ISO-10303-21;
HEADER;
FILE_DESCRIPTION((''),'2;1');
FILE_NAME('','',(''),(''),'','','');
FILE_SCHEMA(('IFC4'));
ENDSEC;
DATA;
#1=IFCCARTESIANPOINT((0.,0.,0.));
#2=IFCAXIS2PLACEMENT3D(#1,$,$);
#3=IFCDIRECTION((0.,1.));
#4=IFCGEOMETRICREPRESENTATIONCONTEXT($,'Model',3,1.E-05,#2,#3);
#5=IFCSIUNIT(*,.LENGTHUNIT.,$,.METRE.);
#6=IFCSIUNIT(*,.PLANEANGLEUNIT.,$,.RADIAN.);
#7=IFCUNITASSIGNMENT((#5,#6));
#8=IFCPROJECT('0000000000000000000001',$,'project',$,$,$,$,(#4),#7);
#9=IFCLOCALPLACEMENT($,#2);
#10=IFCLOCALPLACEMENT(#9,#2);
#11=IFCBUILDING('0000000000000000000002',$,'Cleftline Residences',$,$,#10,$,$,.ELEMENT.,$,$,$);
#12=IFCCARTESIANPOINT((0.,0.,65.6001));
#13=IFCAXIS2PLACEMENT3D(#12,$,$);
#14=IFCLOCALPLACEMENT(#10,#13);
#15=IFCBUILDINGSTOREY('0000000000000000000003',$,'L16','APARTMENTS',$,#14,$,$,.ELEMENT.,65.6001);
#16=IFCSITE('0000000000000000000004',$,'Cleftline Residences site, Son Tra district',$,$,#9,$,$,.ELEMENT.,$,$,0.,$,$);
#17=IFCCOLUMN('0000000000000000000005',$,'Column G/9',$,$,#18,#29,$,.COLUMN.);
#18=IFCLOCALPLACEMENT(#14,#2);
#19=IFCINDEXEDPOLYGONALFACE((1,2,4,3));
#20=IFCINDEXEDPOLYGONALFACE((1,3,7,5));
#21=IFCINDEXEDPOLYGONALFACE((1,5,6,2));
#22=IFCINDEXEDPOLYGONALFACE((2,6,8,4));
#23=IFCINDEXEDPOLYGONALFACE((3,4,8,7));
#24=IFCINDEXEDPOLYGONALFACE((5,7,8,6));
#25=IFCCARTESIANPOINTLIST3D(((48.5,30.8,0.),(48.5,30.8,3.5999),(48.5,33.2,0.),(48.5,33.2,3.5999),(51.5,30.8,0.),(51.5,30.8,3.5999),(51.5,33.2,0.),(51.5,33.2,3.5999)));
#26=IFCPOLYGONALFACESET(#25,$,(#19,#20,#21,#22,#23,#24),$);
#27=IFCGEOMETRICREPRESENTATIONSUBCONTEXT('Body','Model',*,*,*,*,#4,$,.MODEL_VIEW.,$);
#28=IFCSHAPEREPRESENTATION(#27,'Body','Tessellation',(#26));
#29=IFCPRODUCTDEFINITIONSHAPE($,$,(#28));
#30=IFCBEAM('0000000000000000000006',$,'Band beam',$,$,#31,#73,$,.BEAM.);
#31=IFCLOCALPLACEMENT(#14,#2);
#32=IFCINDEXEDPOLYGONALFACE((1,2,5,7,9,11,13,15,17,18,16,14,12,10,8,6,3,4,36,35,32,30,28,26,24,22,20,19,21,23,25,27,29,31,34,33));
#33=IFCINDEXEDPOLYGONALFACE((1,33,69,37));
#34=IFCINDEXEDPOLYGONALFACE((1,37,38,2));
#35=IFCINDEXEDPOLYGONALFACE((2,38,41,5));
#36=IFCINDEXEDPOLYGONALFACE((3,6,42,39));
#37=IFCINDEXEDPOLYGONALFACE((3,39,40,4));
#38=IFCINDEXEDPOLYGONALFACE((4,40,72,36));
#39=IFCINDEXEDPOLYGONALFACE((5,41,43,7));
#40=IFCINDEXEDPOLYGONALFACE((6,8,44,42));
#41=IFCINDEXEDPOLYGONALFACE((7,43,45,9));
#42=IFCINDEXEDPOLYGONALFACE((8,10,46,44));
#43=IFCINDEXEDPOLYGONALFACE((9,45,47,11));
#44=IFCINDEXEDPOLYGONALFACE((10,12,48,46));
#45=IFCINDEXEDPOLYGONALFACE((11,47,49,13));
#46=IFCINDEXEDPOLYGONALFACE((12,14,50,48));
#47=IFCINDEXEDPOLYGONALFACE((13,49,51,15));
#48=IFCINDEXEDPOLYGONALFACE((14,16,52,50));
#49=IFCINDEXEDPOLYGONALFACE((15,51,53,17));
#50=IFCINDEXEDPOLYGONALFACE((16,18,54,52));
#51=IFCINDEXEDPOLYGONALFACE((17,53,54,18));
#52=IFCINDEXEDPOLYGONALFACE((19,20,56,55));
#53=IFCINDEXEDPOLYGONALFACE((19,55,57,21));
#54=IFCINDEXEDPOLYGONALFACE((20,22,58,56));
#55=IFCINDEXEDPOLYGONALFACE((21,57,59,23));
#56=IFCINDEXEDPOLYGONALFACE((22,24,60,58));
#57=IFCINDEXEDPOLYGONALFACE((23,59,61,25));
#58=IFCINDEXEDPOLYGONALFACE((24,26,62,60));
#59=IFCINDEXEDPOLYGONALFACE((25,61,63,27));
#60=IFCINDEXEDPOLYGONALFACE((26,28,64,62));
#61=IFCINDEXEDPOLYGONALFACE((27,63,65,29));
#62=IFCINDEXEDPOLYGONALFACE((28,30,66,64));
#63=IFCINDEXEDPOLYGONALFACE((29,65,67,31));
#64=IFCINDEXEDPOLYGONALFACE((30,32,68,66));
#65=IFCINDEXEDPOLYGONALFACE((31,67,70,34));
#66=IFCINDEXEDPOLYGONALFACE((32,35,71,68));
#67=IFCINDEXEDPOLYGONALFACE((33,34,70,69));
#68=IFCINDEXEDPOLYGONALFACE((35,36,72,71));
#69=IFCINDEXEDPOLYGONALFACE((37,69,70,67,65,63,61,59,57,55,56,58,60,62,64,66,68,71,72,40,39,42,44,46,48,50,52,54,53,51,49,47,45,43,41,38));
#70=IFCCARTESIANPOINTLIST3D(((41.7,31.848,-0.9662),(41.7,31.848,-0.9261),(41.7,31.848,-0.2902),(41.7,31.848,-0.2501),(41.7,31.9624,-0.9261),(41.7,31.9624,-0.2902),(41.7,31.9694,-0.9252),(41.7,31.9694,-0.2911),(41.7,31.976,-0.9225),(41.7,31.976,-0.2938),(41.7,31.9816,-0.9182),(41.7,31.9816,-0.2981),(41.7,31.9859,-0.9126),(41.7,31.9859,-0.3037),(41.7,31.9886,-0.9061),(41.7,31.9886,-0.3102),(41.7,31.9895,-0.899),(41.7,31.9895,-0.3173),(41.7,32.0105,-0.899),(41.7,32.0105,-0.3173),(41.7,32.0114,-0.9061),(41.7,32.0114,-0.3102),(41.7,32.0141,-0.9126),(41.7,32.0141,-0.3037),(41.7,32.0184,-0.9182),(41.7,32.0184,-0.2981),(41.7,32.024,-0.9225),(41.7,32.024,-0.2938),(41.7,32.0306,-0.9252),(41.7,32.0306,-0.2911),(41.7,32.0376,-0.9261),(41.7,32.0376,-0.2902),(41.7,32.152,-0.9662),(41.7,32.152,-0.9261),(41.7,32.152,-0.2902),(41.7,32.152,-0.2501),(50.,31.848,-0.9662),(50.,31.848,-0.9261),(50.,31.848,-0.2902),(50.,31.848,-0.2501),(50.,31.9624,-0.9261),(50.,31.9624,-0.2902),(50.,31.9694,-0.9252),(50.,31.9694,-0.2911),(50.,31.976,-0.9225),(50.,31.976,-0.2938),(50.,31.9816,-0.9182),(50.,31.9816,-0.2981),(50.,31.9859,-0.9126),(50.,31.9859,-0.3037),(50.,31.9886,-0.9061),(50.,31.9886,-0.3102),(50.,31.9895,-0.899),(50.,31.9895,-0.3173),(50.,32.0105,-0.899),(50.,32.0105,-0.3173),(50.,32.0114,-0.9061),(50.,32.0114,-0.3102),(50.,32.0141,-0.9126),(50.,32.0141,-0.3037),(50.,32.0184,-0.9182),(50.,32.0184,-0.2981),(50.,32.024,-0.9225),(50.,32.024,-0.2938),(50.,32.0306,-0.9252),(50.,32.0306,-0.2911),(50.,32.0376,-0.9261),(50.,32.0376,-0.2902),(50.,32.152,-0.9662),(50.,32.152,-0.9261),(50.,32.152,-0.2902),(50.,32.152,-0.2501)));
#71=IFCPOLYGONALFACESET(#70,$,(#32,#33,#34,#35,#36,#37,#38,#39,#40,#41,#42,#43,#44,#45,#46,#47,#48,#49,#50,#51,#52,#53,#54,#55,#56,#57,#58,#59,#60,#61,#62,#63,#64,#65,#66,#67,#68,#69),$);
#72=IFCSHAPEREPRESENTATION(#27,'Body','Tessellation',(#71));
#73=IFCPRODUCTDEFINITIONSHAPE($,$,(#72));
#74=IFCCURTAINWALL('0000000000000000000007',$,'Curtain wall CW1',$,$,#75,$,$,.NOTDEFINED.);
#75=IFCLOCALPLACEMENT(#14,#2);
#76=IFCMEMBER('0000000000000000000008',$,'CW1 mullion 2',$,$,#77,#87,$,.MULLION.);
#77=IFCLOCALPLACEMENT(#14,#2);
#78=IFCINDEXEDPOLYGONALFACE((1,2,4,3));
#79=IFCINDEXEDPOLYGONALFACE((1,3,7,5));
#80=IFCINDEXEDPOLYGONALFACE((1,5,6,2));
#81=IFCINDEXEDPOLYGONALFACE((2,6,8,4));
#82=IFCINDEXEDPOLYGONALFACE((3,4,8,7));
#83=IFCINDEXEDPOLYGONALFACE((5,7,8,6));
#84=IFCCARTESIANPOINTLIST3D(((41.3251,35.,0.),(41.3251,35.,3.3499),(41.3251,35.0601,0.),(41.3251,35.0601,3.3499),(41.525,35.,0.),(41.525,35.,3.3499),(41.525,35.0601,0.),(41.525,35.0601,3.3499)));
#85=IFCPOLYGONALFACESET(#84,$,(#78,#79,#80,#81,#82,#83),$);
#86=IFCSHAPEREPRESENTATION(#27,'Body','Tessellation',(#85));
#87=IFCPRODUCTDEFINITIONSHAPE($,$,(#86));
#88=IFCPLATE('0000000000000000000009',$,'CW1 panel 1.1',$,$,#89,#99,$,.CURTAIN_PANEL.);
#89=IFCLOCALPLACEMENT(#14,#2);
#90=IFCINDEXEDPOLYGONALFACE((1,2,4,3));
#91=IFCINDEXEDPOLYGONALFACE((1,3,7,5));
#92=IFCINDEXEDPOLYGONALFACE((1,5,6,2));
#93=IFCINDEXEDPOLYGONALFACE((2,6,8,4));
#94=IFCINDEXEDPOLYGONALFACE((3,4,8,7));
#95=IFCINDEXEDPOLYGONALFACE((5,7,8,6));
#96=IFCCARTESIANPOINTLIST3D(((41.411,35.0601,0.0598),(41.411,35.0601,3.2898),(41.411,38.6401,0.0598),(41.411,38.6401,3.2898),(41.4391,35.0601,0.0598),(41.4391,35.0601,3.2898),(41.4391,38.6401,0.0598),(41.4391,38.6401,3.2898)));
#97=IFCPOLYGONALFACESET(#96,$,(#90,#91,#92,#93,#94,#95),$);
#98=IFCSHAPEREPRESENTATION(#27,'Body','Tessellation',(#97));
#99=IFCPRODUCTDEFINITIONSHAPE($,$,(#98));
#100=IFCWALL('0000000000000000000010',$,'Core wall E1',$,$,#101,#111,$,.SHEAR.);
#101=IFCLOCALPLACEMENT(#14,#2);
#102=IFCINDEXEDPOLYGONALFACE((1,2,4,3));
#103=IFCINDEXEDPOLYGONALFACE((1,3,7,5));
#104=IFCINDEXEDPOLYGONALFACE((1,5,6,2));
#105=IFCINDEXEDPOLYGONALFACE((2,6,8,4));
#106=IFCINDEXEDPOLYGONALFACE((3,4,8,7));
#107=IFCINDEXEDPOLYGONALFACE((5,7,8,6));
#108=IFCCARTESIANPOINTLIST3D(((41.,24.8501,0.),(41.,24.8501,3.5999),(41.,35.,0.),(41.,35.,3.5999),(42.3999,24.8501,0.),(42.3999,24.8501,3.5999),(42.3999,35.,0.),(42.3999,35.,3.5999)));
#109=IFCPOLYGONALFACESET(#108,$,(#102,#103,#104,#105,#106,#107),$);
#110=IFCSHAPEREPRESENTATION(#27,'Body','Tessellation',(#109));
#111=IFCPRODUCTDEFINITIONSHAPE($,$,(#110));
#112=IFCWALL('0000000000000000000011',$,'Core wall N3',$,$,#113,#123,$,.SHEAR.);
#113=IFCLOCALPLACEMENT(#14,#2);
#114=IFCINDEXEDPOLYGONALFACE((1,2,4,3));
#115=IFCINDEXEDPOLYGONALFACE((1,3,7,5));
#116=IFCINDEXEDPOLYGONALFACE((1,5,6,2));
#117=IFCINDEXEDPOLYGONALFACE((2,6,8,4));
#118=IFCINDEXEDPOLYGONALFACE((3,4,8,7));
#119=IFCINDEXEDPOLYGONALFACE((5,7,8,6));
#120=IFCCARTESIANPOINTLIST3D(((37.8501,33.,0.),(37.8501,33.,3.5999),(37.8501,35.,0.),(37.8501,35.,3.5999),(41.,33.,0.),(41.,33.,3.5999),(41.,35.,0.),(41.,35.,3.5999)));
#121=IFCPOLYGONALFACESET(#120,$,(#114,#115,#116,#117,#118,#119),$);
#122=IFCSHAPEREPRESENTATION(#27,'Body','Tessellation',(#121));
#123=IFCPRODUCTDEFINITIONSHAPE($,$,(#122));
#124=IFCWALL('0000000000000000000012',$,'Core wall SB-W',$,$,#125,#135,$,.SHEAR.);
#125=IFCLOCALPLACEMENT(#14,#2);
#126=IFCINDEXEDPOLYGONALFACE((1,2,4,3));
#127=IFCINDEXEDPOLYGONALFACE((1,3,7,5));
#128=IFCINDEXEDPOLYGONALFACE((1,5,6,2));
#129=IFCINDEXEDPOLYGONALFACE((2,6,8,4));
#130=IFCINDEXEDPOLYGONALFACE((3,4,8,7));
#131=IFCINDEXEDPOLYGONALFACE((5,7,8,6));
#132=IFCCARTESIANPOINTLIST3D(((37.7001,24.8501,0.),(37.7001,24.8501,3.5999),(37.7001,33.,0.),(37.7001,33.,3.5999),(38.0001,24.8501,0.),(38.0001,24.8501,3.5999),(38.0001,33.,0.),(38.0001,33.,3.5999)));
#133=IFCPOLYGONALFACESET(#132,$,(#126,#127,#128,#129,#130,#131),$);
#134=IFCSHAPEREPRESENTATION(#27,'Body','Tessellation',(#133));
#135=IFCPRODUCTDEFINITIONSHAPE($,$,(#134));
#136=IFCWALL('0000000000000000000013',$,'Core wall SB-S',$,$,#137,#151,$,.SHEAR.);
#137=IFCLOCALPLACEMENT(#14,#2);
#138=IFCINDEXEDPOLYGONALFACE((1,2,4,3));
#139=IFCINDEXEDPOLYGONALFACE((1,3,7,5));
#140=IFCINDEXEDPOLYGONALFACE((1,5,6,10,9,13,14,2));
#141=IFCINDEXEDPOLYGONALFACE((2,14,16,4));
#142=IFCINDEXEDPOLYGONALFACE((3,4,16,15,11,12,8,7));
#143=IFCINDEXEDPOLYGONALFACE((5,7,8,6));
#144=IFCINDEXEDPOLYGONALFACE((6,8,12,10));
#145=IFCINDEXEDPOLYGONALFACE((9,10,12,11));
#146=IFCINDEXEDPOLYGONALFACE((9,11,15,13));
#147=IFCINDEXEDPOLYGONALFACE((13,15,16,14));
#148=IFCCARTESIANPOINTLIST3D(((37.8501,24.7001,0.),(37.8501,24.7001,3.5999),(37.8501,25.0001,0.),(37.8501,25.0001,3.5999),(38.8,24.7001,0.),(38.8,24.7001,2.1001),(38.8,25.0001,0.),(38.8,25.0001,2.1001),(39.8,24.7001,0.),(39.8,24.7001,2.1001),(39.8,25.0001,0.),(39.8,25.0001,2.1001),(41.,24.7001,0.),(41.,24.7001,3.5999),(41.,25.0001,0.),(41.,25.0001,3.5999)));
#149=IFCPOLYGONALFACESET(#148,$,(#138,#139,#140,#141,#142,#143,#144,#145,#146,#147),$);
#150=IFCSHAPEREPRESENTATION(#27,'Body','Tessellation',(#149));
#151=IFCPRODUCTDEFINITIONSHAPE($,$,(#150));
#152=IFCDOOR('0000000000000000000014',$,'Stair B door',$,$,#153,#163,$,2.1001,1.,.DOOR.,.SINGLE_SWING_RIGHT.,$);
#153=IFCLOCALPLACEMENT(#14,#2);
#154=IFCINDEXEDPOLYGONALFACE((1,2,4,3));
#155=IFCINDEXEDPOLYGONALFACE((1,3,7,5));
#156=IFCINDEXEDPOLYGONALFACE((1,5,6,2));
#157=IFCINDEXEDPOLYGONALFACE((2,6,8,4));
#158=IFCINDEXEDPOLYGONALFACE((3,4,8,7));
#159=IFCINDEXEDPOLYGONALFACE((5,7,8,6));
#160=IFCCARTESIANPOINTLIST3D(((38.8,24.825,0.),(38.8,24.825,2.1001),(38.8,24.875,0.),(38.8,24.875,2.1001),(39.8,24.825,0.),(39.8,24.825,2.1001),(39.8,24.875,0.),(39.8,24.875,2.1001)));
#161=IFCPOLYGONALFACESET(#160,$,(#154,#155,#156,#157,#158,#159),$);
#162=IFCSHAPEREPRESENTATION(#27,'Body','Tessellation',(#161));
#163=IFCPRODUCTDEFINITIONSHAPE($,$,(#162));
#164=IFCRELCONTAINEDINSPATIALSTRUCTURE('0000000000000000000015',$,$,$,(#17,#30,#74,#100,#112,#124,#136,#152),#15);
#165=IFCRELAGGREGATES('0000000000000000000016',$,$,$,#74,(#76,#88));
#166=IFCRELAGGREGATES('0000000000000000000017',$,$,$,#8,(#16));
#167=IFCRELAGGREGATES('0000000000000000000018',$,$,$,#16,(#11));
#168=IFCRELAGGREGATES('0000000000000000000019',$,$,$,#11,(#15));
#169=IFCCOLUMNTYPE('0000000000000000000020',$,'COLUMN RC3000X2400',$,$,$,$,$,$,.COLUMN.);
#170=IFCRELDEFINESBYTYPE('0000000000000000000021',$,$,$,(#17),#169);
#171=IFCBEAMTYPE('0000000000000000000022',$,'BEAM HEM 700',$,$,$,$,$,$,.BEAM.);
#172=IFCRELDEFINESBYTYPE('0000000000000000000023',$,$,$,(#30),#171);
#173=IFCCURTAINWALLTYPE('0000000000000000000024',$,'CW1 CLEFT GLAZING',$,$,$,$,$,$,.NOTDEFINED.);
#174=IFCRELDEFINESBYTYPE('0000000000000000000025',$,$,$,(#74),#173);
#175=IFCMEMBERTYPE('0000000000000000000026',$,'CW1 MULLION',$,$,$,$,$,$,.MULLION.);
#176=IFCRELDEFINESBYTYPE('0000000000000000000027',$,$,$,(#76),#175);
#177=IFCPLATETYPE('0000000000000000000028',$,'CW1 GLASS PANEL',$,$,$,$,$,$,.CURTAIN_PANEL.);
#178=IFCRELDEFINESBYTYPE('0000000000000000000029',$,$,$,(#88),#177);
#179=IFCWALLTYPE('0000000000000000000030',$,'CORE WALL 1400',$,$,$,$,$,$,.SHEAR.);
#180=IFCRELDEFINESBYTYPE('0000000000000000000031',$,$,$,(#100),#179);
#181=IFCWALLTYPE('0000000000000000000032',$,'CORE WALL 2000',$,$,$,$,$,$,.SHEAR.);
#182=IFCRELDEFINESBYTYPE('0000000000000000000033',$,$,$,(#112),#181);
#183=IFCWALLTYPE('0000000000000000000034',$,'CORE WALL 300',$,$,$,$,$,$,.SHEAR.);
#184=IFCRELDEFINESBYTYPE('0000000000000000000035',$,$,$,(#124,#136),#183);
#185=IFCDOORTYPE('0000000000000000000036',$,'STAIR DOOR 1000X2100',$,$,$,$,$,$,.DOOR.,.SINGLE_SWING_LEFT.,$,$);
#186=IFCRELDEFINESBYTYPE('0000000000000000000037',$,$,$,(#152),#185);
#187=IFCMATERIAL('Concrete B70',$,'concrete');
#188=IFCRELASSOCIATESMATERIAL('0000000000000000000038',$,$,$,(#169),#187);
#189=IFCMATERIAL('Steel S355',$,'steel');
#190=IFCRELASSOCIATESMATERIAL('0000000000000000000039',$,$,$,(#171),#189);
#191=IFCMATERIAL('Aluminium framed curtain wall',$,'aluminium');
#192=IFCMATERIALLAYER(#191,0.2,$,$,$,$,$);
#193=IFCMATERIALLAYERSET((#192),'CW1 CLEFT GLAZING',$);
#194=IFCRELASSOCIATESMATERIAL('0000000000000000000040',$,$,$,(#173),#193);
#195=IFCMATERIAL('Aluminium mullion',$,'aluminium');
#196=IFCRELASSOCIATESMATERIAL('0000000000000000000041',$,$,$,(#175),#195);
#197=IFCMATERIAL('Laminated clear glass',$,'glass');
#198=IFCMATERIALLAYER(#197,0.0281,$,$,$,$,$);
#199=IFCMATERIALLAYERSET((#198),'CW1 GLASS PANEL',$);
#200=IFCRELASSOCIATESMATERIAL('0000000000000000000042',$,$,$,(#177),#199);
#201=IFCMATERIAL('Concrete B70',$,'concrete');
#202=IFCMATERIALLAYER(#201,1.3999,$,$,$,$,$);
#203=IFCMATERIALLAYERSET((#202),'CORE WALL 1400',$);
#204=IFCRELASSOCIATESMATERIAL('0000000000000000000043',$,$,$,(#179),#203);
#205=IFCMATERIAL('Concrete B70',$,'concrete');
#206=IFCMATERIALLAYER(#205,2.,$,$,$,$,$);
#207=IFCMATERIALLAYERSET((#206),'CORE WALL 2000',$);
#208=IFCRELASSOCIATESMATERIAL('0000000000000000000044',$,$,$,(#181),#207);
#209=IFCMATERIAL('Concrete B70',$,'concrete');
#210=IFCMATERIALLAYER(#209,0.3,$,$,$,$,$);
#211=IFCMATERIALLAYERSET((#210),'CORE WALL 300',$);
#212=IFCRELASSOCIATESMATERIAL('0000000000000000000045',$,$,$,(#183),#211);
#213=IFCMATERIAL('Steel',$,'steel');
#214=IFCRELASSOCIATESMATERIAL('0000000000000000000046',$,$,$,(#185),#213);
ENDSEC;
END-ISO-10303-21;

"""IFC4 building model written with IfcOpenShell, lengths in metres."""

from ifc_helpers import new_model, si_unit, direction, frame, frame_2d, origin, origin_2d, place, context, subcontext, project, spatial, rectangle, i_section, extrude, material, layer, layer_set, material_profile, profile_set, type_object, element, fill, aggregate, save


model = new_model("IFC4")

# Units and contexts
model_context = context("Model", 3, precision=1e-05, world=origin(), true_north=direction((0.0, 1.0)))
body_context = subcontext(model_context, "Body", "Model", "MODEL_VIEW")
ifc_project = project(units=[si_unit("LENGTHUNIT", "METRE"), si_unit("PLANEANGLEUNIT", "RADIAN")], contexts=[model_context])

# Site, building, storey
site_placement = place(None, origin())
site = spatial("IfcSite", under=ifc_project, at=site_placement, Name="Cleftline Residences site, Son Tra district", CompositionType="ELEMENT", RefElevation=0.0)
building_placement = place(site_placement, origin())
building = spatial("IfcBuilding", under=site, at=building_placement, Name="Cleftline Residences", CompositionType="ELEMENT")
storey_placement = place(building_placement, frame((0.0, 0.0, 65.6001)))
storey = spatial("IfcBuildingStorey", under=building, at=storey_placement, Name="L16", Description="APARTMENTS", CompositionType="ELEMENT", Elevation=65.6001)

# Column
ifc_material_1 = material(Name="Concrete B70", Category="concrete")
ifc_material_profile_1 = material_profile(ifc_material_1, rectangle(XDim=3.0, YDim=2.3999, at=origin_2d()))
ifc_profile_set_1 = profile_set([ifc_material_profile_1], Name="Concrete B70")
column_type = type_object("IfcColumnType", Name="COLUMN RC3000X2400", PredefinedType="COLUMN", material=ifc_profile_set_1)
column_placement = place(storey_placement, frame((50.0, 32.0, 0.0), z_axis=(0.0, 0.0, 1.0), x_axis=(1.0, 0.0, 0.0)))
element("IfcColumn", 1, at=column_placement, inside=storey, type_object=column_type, Name="Column G/9", PredefinedType="COLUMN", context=body_context, shape_type="SweptSolid", body=[
    extrude(rectangle(XDim=3.0, YDim=2.3999, at=origin_2d()), origin(), (0.0, 0.0, 1.0), 3.5999),
])

# Beam
ifc_material_2 = material(Name="Steel S355", Category="steel")
ifc_material_profile_2 = material_profile(ifc_material_2, i_section(OverallWidth=0.304, OverallDepth=0.7161, WebThickness=0.021, FlangeThickness=0.04, FilletRadius=0.0271, at=origin_2d()))
ifc_profile_set_2 = profile_set([ifc_material_profile_2], Name="Steel S355")
beam_type = type_object("IfcBeamType", Name="BEAM HEM 700", PredefinedType="BEAM", material=ifc_profile_set_2)
beam_placement = place(storey_placement, frame((50.0, 32.0, -0.6082), z_axis=(-1.0, 0.0, 0.0), x_axis=(0.0, -1.0, 0.0)))
element("IfcBeam", 2, at=beam_placement, inside=storey, type_object=beam_type, Name="Band beam", PredefinedType="BEAM", context=body_context, shape_type="SweptSolid", body=[
    extrude(i_section(OverallWidth=0.304, OverallDepth=0.7161, WebThickness=0.021, FlangeThickness=0.04, FilletRadius=0.0271, at=origin_2d()), origin(), (0.0, 0.0, 1.0), 8.3),
])

# Curtain wall, member, plate
ifc_material_3 = material(Name="Aluminium framed curtain wall", Category="aluminium")
ifc_layer_1 = layer(ifc_material_3, 0.2)
ifc_layer_set_1 = layer_set([ifc_layer_1], Name="CW1 CLEFT GLAZING")
curtain_wall_type = type_object("IfcCurtainWallType", Name="CW1 CLEFT GLAZING", PredefinedType="NOTDEFINED", material=ifc_layer_set_1)
curtain_wall_placement = place(storey_placement, origin())
curtain_wall = element("IfcCurtainWall", 3, at=curtain_wall_placement, inside=storey, type_object=curtain_wall_type, Name="Curtain wall CW1", PredefinedType="NOTDEFINED")
ifc_material_4 = material(Name="Aluminium mullion", Category="aluminium")
ifc_material_profile_3 = material_profile(ifc_material_4, rectangle(XDim=0.2, YDim=0.0601, at=origin_2d()))
ifc_profile_set_3 = profile_set([ifc_material_profile_3], Name="Aluminium mullion")
member_type = type_object("IfcMemberType", Name="CW1 MULLION", PredefinedType="MULLION", material=ifc_profile_set_3)
member_placement = place(storey_placement, frame((41.425, 35.03, 0.0), z_axis=(0.0, 0.0, 1.0), x_axis=(1.0, 0.0, 0.0)))
member = element("IfcMember", 4, at=member_placement, type_object=member_type, Name="CW1 mullion 2", PredefinedType="MULLION", context=body_context, shape_type="SweptSolid", body=[
    extrude(rectangle(XDim=0.2, YDim=0.0601, at=origin_2d()), origin(), (0.0, 0.0, 1.0), 3.3499),
])
ifc_material_5 = material(Name="Laminated clear glass", Category="glass")
ifc_layer_2 = layer(ifc_material_5, 0.0281)
ifc_layer_set_2 = layer_set([ifc_layer_2], Name="CW1 GLASS PANEL")
plate_type = type_object("IfcPlateType", Name="CW1 GLASS PANEL", PredefinedType="CURTAIN_PANEL", material=ifc_layer_set_2)
plate_placement = place(storey_placement, frame((41.425, 36.8501, 0.0598), z_axis=(0.0, 0.0, 1.0), x_axis=(0.0, -1.0, 0.0)))
plate = element("IfcPlate", 5, at=plate_placement, type_object=plate_type, Name="CW1 panel 1.1", PredefinedType="CURTAIN_PANEL", context=body_context, shape_type="SweptSolid", body=[
    extrude(rectangle(XDim=3.5801, YDim=0.0281, at=origin_2d()), origin(), (0.0, 0.0, 1.0), 3.23),
])
aggregate(curtain_wall, [member, plate])

# Walls
ifc_material_6 = material(Name="Concrete B70", Category="concrete")
ifc_layer_3 = layer(ifc_material_6, 1.3999)
ifc_layer_set_3 = layer_set([ifc_layer_3], Name="CORE WALL 1400")
wall_type_1 = type_object("IfcWallType", Name="CORE WALL 1400", PredefinedType="SHEAR", material=ifc_layer_set_3)
wall_1_placement = place(storey_placement, frame((41.7, 24.8501, 0.0), z_axis=(0.0, 0.0, 1.0), x_axis=(0.0, 1.0, 0.0)))
element("IfcWall", 6, at=wall_1_placement, inside=storey, type_object=wall_type_1, Name="Core wall E1", PredefinedType="SHEAR", context=body_context, shape_type="SweptSolid", body=[
    extrude(rectangle(XDim=10.1499, YDim=1.3999, at=frame_2d((5.075, 0.0))), origin(), (0.0, 0.0, 1.0), 3.5999),
])
ifc_material_7 = material(Name="Concrete B70", Category="concrete")
ifc_layer_4 = layer(ifc_material_7, 2.0)
ifc_layer_set_4 = layer_set([ifc_layer_4], Name="CORE WALL 2000")
wall_type_2 = type_object("IfcWallType", Name="CORE WALL 2000", PredefinedType="SHEAR", material=ifc_layer_set_4)
wall_2_placement = place(storey_placement, frame((37.8501, 34.0, 0.0), z_axis=(0.0, 0.0, 1.0), x_axis=(1.0, 0.0, 0.0)))
element("IfcWall", 7, at=wall_2_placement, inside=storey, type_object=wall_type_2, Name="Core wall N3", PredefinedType="SHEAR", context=body_context, shape_type="SweptSolid", body=[
    extrude(rectangle(XDim=3.1499, YDim=2.0, at=frame_2d((1.575, 0.0))), origin(), (0.0, 0.0, 1.0), 3.5999),
])
ifc_material_8 = material(Name="Concrete B70", Category="concrete")
ifc_layer_5 = layer(ifc_material_8, 0.3)
ifc_layer_set_5 = layer_set([ifc_layer_5], Name="CORE WALL 300")
wall_type_3 = type_object("IfcWallType", Name="CORE WALL 300", PredefinedType="SHEAR", material=ifc_layer_set_5)
wall_3_placement = place(storey_placement, frame((37.8501, 24.8501, 0.0), z_axis=(0.0, 0.0, 1.0), x_axis=(0.0, 1.0, 0.0)))
element("IfcWall", 8, at=wall_3_placement, inside=storey, type_object=wall_type_3, Name="Core wall SB-W", PredefinedType="SHEAR", context=body_context, shape_type="SweptSolid", body=[
    extrude(rectangle(XDim=8.1499, YDim=0.3, at=frame_2d((4.075, 0.0))), origin(), (0.0, 0.0, 1.0), 3.5999),
])

# Wall, opening, door
wall_4_placement = place(storey_placement, frame((37.8501, 24.8501, 0.0), z_axis=(0.0, 0.0, 1.0), x_axis=(1.0, 0.0, 0.0)))
wall_4 = element("IfcWall", 9, at=wall_4_placement, inside=storey, type_object=wall_type_3, Name="Core wall SB-S", PredefinedType="SHEAR", context=body_context, shape_type="SweptSolid", body=[
    extrude(rectangle(XDim=3.1499, YDim=0.3, at=frame_2d((1.575, 0.0))), origin(), (0.0, 0.0, 1.0), 3.5999),
])
opening_1_placement = place(wall_4_placement, frame((0.95, 0.0, 0.0)))
opening_1 = element("IfcOpeningElement", 10, at=opening_1_placement, cuts=wall_4, PredefinedType="OPENING", context=body_context, shape_type="SweptSolid", body=[
    extrude(rectangle(XDim=1.0, YDim=2.1001, at=frame_2d((0.5, 1.05))), frame((0.0, 0.1599, 0.0), z_axis=(0.0, -1.0, 0.0), x_axis=(1.0, 0.0, 0.0)), (0.0, 0.0, 1.0), 0.3201),
])
ifc_material_9 = material(Name="Steel", Category="steel")
door_type_1 = type_object("IfcDoorType", Name="STAIR DOOR 1000X2100", OperationType="SINGLE_SWING_LEFT", PredefinedType="DOOR", material=ifc_material_9)
door_1_placement = place(opening_1_placement, origin())
door_1 = element("IfcDoor", 11, at=door_1_placement, inside=storey, type_object=door_type_1, Name="Stair B door", OperationType="SINGLE_SWING_RIGHT", OverallHeight=2.1001, OverallWidth=1.0, PredefinedType="DOOR", context=body_context, shape_type="SweptSolid", body=[
    extrude(rectangle(XDim=1.0, YDim=2.1001, at=frame_2d((0.5, 1.05))), frame((0.0, 0.0249, 0.0), z_axis=(0.0, -1.0, 0.0), x_axis=(1.0, 0.0, 0.0)), (0.0, 0.0, 1.0), 0.05),
])
fill(opening_1, door_1)

save(model, "model.ifc")
